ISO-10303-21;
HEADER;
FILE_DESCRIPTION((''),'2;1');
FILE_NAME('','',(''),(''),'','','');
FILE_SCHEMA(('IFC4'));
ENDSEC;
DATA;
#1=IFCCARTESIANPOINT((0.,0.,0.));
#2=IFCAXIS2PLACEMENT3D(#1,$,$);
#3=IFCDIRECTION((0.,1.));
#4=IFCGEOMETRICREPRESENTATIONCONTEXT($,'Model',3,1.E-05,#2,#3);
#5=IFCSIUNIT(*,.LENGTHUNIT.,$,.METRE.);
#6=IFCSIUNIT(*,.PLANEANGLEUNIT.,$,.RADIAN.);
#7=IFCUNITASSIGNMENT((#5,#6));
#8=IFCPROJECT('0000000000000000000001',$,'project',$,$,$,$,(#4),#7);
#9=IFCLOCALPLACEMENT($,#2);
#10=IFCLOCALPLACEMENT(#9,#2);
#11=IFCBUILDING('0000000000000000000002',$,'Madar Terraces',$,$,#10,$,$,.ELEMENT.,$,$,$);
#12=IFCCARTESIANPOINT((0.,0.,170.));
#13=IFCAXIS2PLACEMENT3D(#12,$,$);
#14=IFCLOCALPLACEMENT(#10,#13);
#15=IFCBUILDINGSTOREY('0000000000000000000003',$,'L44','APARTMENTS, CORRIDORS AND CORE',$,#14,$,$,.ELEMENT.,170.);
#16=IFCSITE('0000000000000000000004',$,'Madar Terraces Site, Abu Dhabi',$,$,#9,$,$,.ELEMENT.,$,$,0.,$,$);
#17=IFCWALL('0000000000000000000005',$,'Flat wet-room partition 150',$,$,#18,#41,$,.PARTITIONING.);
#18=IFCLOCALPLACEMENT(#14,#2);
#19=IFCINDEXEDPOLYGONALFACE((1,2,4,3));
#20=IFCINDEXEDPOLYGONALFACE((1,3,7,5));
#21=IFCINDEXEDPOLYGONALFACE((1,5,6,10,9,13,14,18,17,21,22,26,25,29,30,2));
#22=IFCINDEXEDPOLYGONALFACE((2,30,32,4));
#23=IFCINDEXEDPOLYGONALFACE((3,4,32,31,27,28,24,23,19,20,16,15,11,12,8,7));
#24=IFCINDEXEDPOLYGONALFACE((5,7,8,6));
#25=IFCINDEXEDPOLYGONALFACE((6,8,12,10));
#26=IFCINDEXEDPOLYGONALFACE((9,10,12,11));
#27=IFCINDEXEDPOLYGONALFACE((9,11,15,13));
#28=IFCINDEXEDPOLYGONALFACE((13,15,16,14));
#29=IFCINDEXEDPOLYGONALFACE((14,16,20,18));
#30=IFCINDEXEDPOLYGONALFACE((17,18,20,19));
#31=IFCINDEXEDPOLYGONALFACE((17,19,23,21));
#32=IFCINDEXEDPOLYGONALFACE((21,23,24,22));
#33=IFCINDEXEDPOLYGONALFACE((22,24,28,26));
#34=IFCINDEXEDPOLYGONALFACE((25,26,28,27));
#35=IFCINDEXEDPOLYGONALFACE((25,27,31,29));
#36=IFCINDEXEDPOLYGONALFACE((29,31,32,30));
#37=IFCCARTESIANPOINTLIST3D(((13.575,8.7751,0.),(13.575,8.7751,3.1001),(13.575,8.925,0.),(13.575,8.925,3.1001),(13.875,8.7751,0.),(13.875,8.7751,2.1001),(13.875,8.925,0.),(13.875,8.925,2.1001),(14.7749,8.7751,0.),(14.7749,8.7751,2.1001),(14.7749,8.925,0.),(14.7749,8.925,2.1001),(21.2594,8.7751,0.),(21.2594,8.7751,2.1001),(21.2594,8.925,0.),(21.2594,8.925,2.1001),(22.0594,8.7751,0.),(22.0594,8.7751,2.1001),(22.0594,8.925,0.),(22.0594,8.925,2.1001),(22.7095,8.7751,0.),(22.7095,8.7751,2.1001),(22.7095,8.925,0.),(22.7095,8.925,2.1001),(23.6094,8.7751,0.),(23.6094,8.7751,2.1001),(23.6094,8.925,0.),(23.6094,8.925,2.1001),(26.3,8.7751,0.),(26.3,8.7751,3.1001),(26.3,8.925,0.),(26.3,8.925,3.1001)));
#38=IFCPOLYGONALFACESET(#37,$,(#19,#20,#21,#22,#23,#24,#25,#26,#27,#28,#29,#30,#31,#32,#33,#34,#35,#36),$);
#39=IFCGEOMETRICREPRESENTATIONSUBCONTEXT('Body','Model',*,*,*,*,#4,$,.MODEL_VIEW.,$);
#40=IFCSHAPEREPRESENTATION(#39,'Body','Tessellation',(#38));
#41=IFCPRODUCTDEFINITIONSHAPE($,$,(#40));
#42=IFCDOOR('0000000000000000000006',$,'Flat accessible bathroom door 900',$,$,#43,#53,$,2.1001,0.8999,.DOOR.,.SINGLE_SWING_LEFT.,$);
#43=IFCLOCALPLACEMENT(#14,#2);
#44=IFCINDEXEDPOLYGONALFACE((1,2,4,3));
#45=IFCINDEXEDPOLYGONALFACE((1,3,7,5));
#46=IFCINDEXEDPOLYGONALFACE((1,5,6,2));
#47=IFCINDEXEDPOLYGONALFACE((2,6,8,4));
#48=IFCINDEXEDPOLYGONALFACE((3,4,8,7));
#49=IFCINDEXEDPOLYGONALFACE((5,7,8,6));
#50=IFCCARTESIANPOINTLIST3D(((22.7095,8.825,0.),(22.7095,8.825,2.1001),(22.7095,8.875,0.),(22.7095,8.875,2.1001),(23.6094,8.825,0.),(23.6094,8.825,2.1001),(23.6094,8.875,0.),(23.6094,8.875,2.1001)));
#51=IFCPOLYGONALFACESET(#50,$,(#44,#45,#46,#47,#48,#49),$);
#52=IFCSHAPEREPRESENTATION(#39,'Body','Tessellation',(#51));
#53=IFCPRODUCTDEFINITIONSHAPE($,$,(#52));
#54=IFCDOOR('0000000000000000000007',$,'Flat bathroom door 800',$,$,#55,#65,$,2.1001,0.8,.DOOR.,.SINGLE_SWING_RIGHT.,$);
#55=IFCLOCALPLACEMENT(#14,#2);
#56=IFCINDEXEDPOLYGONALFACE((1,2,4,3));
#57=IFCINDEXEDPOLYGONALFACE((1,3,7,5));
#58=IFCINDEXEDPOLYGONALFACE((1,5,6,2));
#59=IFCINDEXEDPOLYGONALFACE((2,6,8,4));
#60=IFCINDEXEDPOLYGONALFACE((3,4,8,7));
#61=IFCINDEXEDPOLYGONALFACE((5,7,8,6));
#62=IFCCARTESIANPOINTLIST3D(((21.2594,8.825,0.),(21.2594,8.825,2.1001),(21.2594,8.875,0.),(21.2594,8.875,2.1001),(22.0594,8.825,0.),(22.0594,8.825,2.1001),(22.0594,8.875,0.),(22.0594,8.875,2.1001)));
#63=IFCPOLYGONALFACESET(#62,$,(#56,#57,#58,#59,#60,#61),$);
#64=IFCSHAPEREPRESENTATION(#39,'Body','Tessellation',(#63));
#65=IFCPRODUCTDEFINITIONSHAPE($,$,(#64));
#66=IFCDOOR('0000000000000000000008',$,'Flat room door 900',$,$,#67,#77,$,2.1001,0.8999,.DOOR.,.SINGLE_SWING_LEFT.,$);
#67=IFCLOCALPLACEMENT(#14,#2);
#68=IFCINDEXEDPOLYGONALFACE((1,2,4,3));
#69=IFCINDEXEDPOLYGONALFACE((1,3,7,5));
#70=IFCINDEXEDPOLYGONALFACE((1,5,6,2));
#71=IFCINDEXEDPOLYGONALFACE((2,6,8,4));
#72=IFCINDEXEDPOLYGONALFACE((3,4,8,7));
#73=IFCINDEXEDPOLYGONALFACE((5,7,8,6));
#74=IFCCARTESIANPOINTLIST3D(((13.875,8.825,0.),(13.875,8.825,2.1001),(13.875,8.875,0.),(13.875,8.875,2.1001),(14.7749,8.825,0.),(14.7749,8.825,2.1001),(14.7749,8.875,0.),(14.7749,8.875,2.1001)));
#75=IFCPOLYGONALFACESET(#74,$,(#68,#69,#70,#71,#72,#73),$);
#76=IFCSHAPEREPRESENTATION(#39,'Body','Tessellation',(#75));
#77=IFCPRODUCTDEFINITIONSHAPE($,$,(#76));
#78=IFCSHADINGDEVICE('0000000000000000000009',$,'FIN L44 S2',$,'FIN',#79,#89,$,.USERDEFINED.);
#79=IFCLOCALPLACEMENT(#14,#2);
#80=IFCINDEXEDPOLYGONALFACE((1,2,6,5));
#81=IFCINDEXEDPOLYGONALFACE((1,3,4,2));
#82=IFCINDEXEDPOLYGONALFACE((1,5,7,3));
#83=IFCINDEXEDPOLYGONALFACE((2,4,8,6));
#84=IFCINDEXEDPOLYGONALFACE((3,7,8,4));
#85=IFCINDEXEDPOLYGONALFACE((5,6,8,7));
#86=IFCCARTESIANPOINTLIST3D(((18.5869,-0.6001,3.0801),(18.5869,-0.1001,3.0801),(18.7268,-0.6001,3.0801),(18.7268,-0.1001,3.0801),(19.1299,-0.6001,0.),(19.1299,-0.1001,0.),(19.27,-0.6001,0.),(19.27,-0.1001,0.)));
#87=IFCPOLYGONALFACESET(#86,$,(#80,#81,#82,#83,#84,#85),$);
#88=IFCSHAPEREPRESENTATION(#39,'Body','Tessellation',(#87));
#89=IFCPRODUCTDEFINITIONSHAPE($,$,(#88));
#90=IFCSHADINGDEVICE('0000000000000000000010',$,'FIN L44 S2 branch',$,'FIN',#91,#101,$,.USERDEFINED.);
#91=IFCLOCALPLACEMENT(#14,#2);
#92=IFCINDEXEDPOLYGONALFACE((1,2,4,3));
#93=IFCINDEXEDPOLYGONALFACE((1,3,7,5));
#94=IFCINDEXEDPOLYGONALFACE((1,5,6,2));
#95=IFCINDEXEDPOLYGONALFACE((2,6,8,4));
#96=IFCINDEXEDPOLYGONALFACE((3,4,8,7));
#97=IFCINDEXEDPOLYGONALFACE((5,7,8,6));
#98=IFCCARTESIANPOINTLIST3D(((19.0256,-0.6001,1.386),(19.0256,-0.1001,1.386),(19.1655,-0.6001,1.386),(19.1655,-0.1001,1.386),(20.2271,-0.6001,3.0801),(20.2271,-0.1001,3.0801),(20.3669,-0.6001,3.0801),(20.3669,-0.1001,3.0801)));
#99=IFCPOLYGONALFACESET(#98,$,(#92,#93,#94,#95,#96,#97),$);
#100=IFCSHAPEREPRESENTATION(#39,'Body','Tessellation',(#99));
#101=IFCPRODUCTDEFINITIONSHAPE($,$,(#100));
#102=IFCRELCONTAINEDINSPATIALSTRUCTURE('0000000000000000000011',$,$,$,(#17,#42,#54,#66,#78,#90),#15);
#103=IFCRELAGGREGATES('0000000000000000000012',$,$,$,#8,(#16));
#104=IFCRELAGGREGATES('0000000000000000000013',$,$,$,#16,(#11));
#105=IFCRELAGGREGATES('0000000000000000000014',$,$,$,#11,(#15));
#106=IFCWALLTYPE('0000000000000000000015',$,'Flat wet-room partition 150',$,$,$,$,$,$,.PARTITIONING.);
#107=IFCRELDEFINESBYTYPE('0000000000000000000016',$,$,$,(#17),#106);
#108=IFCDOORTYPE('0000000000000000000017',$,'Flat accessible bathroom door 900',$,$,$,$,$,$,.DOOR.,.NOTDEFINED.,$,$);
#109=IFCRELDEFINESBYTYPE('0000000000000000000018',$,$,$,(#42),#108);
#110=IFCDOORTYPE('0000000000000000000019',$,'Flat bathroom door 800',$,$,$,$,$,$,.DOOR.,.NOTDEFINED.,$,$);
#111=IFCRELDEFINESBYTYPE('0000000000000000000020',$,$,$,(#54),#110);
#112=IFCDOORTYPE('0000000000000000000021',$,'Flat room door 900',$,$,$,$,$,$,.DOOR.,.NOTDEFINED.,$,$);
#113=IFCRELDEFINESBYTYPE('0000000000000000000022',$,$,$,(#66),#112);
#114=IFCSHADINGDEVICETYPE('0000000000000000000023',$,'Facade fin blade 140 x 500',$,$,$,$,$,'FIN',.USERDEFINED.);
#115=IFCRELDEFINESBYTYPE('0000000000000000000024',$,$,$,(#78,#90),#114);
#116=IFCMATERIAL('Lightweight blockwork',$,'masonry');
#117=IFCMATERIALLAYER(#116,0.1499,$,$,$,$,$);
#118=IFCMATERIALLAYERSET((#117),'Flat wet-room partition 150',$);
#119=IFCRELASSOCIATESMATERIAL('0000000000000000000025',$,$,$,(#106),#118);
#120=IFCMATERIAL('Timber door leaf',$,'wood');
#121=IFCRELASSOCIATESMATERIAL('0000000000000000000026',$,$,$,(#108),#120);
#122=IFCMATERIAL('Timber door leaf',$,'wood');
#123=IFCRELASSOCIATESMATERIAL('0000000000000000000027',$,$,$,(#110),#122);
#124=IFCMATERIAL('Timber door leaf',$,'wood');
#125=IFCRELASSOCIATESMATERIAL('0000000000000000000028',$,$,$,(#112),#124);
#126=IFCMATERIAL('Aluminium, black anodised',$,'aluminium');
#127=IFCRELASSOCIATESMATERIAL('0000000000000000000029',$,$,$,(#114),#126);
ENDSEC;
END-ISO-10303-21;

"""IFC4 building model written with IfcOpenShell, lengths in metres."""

from ifc_helpers import new_model, si_unit, direction, frame, frame_2d, origin, place, context, subcontext, project, spatial, polyline, rectangle, outline, extrude, material, layer, layer_set, type_object, element, fill, save


model = new_model("IFC4")

# Units and contexts
model_context = context("Model", 3, precision=1e-05, world=origin(), true_north=direction((0.0, 1.0)))
body_context = subcontext(model_context, "Body", "Model", "MODEL_VIEW")
ifc_project = project(units=[si_unit("LENGTHUNIT", "METRE"), si_unit("PLANEANGLEUNIT", "RADIAN")], contexts=[model_context])

# Site, building, storey
site_placement = place(None, origin())
site = spatial("IfcSite", under=ifc_project, at=site_placement, Name="Madar Terraces Site, Abu Dhabi", CompositionType="ELEMENT", RefElevation=0.0)
building_placement = place(site_placement, origin())
building = spatial("IfcBuilding", under=site, at=building_placement, Name="Madar Terraces", CompositionType="ELEMENT")
storey_placement = place(building_placement, frame((0.0, 0.0, 170.0)))
storey = spatial("IfcBuildingStorey", under=building, at=storey_placement, Name="L44", Description="APARTMENTS, CORRIDORS AND CORE", CompositionType="ELEMENT", Elevation=170.0)

# Shared definitions
ifc_material_1 = material(Name="Lightweight blockwork", Category="masonry")
ifc_layer_1 = layer(ifc_material_1, 0.1499)
ifc_layer_set_1 = layer_set([ifc_layer_1], Name="Flat wet-room partition 150")
wall_type_1 = type_object("IfcWallType", Name="Flat wet-room partition 150", PredefinedType="PARTITIONING", material=ifc_layer_set_1)

# Wall, openings, doors
wall_1_placement = place(storey_placement, frame((13.575, 8.8501, 0.0), z_axis=(0.0, 0.0, 1.0), x_axis=(1.0, 0.0, 0.0)))
wall_1 = element("IfcWall", 1, at=wall_1_placement, inside=storey, type_object=wall_type_1, Name="Flat wet-room partition 150", PredefinedType="PARTITIONING", context=body_context, shape_type="SweptSolid", body=[
    extrude(rectangle(XDim=12.7251, YDim=0.1499, at=frame_2d((6.3625, 0.0))), origin(), (0.0, 0.0, 1.0), 3.1001),
])
opening_1_placement = place(wall_1_placement, frame((0.3, 0.0, 0.0)))
opening_1 = element("IfcOpeningElement", 2, at=opening_1_placement, cuts=wall_1, PredefinedType="OPENING", context=body_context, shape_type="SweptSolid", body=[
    extrude(rectangle(XDim=0.8999, YDim=2.1001, at=frame_2d((0.45, 1.05))), frame((0.0, 0.085, 0.0), z_axis=(0.0, -1.0, 0.0), x_axis=(1.0, 0.0, 0.0)), (0.0, 0.0, 1.0), 0.1699),
])
opening_2_placement = place(wall_1_placement, frame((7.6846, 0.0, 0.0)))
opening_2 = element("IfcOpeningElement", 3, at=opening_2_placement, cuts=wall_1, PredefinedType="OPENING", context=body_context, shape_type="SweptSolid", body=[
    extrude(rectangle(XDim=0.8, YDim=2.1001, at=frame_2d((0.3999, 1.05))), frame((0.0, 0.085, 0.0), z_axis=(0.0, -1.0, 0.0), x_axis=(1.0, 0.0, 0.0)), (0.0, 0.0, 1.0), 0.1699),
])
opening_3_placement = place(wall_1_placement, frame((9.1345, 0.0, 0.0)))
opening_3 = element("IfcOpeningElement", 4, at=opening_3_placement, cuts=wall_1, PredefinedType="OPENING", context=body_context, shape_type="SweptSolid", body=[
    extrude(rectangle(XDim=0.8999, YDim=2.1001, at=frame_2d((0.45, 1.05))), frame((0.0, 0.085, 0.0), z_axis=(0.0, -1.0, 0.0), x_axis=(1.0, 0.0, 0.0)), (0.0, 0.0, 1.0), 0.1699),
])
ifc_material_2 = material(Name="Timber door leaf", Category="wood")
door_type_1 = type_object("IfcDoorType", Name="Flat accessible bathroom door 900", OperationType="NOTDEFINED", PredefinedType="DOOR", material=ifc_material_2)
door_1_placement = place(opening_3_placement, origin())
door_1 = element("IfcDoor", 5, at=door_1_placement, inside=storey, type_object=door_type_1, Name="Flat accessible bathroom door 900", OperationType="SINGLE_SWING_LEFT", OverallHeight=2.1001, OverallWidth=0.8999, PredefinedType="DOOR", context=body_context, shape_type="SweptSolid", body=[
    extrude(rectangle(XDim=0.8999, YDim=2.1001, at=frame_2d((0.45, 1.05))), frame((0.0, 0.0249, 0.0), z_axis=(0.0, -1.0, 0.0), x_axis=(1.0, 0.0, 0.0)), (0.0, 0.0, 1.0), 0.05),
])
fill(opening_3, door_1)
ifc_material_3 = material(Name="Timber door leaf", Category="wood")
door_type_2 = type_object("IfcDoorType", Name="Flat bathroom door 800", OperationType="NOTDEFINED", PredefinedType="DOOR", material=ifc_material_3)
door_2_placement = place(opening_2_placement, origin())
door_2 = element("IfcDoor", 6, at=door_2_placement, inside=storey, type_object=door_type_2, Name="Flat bathroom door 800", OperationType="SINGLE_SWING_RIGHT", OverallHeight=2.1001, OverallWidth=0.8, PredefinedType="DOOR", context=body_context, shape_type="SweptSolid", body=[
    extrude(rectangle(XDim=0.8, YDim=2.1001, at=frame_2d((0.3999, 1.05))), frame((0.0, 0.0249, 0.0), z_axis=(0.0, -1.0, 0.0), x_axis=(1.0, 0.0, 0.0)), (0.0, 0.0, 1.0), 0.05),
])
fill(opening_2, door_2)
ifc_material_4 = material(Name="Timber door leaf", Category="wood")
door_type_3 = type_object("IfcDoorType", Name="Flat room door 900", OperationType="NOTDEFINED", PredefinedType="DOOR", material=ifc_material_4)
door_3_placement = place(opening_1_placement, origin())
door_3 = element("IfcDoor", 7, at=door_3_placement, inside=storey, type_object=door_type_3, Name="Flat room door 900", OperationType="SINGLE_SWING_LEFT", OverallHeight=2.1001, OverallWidth=0.8999, PredefinedType="DOOR", context=body_context, shape_type="SweptSolid", body=[
    extrude(rectangle(XDim=0.8999, YDim=2.1001, at=frame_2d((0.45, 1.05))), frame((0.0, 0.0249, 0.0), z_axis=(0.0, -1.0, 0.0), x_axis=(1.0, 0.0, 0.0)), (0.0, 0.0, 1.0), 0.05),
])
fill(opening_1, door_3)

# Shading devices
ifc_material_5 = material(Name="Aluminium, black anodised", Category="aluminium")
shading_device_type = type_object("IfcShadingDeviceType", Name="Facade fin blade 140 x 500", ElementType="FIN", PredefinedType="USERDEFINED", material=ifc_material_5)
shading_device_1_placement = place(storey_placement, frame((19.1299, -0.3501, 0.0), z_axis=(0.0, 0.0, 1.0), x_axis=(1.0, 0.0, 0.0)))
element("IfcShadingDevice", 8, at=shading_device_1_placement, inside=storey, type_object=shading_device_type, Name="FIN L44 S2", ObjectType="FIN", PredefinedType="USERDEFINED", context=body_context, shape_type="SweptSolid", body=[
    extrude(outline(polyline([(0.0, 0.0), (0.1401, 0.0), (-0.4031, 3.0801), (-0.543, 3.0801), (0.0, 0.0)])), frame((0.0, 0.25, 0.0), z_axis=(0.0, -1.0, 0.0), x_axis=(1.0, 0.0, 0.0)), (0.0, 0.0, 1.0), 0.5),
])
shading_device_2_placement = place(storey_placement, frame((19.0256, -0.3501, 1.386), z_axis=(0.0, 0.0, 1.0), x_axis=(1.0, 0.0, 0.0)))
element("IfcShadingDevice", 9, at=shading_device_2_placement, inside=storey, type_object=shading_device_type, Name="FIN L44 S2 branch", ObjectType="FIN", PredefinedType="USERDEFINED", context=body_context, shape_type="SweptSolid", body=[
    extrude(outline(polyline([(0.0, 0.0), (0.1399, 0.0), (1.3413, 1.6941), (1.2014, 1.6941), (0.0, 0.0)])), frame((0.0, 0.25, 0.0), z_axis=(0.0, -1.0, 0.0), x_axis=(1.0, 0.0, 0.0)), (0.0, 0.0, 1.0), 0.5),
])

save(model, "model.ifc")
